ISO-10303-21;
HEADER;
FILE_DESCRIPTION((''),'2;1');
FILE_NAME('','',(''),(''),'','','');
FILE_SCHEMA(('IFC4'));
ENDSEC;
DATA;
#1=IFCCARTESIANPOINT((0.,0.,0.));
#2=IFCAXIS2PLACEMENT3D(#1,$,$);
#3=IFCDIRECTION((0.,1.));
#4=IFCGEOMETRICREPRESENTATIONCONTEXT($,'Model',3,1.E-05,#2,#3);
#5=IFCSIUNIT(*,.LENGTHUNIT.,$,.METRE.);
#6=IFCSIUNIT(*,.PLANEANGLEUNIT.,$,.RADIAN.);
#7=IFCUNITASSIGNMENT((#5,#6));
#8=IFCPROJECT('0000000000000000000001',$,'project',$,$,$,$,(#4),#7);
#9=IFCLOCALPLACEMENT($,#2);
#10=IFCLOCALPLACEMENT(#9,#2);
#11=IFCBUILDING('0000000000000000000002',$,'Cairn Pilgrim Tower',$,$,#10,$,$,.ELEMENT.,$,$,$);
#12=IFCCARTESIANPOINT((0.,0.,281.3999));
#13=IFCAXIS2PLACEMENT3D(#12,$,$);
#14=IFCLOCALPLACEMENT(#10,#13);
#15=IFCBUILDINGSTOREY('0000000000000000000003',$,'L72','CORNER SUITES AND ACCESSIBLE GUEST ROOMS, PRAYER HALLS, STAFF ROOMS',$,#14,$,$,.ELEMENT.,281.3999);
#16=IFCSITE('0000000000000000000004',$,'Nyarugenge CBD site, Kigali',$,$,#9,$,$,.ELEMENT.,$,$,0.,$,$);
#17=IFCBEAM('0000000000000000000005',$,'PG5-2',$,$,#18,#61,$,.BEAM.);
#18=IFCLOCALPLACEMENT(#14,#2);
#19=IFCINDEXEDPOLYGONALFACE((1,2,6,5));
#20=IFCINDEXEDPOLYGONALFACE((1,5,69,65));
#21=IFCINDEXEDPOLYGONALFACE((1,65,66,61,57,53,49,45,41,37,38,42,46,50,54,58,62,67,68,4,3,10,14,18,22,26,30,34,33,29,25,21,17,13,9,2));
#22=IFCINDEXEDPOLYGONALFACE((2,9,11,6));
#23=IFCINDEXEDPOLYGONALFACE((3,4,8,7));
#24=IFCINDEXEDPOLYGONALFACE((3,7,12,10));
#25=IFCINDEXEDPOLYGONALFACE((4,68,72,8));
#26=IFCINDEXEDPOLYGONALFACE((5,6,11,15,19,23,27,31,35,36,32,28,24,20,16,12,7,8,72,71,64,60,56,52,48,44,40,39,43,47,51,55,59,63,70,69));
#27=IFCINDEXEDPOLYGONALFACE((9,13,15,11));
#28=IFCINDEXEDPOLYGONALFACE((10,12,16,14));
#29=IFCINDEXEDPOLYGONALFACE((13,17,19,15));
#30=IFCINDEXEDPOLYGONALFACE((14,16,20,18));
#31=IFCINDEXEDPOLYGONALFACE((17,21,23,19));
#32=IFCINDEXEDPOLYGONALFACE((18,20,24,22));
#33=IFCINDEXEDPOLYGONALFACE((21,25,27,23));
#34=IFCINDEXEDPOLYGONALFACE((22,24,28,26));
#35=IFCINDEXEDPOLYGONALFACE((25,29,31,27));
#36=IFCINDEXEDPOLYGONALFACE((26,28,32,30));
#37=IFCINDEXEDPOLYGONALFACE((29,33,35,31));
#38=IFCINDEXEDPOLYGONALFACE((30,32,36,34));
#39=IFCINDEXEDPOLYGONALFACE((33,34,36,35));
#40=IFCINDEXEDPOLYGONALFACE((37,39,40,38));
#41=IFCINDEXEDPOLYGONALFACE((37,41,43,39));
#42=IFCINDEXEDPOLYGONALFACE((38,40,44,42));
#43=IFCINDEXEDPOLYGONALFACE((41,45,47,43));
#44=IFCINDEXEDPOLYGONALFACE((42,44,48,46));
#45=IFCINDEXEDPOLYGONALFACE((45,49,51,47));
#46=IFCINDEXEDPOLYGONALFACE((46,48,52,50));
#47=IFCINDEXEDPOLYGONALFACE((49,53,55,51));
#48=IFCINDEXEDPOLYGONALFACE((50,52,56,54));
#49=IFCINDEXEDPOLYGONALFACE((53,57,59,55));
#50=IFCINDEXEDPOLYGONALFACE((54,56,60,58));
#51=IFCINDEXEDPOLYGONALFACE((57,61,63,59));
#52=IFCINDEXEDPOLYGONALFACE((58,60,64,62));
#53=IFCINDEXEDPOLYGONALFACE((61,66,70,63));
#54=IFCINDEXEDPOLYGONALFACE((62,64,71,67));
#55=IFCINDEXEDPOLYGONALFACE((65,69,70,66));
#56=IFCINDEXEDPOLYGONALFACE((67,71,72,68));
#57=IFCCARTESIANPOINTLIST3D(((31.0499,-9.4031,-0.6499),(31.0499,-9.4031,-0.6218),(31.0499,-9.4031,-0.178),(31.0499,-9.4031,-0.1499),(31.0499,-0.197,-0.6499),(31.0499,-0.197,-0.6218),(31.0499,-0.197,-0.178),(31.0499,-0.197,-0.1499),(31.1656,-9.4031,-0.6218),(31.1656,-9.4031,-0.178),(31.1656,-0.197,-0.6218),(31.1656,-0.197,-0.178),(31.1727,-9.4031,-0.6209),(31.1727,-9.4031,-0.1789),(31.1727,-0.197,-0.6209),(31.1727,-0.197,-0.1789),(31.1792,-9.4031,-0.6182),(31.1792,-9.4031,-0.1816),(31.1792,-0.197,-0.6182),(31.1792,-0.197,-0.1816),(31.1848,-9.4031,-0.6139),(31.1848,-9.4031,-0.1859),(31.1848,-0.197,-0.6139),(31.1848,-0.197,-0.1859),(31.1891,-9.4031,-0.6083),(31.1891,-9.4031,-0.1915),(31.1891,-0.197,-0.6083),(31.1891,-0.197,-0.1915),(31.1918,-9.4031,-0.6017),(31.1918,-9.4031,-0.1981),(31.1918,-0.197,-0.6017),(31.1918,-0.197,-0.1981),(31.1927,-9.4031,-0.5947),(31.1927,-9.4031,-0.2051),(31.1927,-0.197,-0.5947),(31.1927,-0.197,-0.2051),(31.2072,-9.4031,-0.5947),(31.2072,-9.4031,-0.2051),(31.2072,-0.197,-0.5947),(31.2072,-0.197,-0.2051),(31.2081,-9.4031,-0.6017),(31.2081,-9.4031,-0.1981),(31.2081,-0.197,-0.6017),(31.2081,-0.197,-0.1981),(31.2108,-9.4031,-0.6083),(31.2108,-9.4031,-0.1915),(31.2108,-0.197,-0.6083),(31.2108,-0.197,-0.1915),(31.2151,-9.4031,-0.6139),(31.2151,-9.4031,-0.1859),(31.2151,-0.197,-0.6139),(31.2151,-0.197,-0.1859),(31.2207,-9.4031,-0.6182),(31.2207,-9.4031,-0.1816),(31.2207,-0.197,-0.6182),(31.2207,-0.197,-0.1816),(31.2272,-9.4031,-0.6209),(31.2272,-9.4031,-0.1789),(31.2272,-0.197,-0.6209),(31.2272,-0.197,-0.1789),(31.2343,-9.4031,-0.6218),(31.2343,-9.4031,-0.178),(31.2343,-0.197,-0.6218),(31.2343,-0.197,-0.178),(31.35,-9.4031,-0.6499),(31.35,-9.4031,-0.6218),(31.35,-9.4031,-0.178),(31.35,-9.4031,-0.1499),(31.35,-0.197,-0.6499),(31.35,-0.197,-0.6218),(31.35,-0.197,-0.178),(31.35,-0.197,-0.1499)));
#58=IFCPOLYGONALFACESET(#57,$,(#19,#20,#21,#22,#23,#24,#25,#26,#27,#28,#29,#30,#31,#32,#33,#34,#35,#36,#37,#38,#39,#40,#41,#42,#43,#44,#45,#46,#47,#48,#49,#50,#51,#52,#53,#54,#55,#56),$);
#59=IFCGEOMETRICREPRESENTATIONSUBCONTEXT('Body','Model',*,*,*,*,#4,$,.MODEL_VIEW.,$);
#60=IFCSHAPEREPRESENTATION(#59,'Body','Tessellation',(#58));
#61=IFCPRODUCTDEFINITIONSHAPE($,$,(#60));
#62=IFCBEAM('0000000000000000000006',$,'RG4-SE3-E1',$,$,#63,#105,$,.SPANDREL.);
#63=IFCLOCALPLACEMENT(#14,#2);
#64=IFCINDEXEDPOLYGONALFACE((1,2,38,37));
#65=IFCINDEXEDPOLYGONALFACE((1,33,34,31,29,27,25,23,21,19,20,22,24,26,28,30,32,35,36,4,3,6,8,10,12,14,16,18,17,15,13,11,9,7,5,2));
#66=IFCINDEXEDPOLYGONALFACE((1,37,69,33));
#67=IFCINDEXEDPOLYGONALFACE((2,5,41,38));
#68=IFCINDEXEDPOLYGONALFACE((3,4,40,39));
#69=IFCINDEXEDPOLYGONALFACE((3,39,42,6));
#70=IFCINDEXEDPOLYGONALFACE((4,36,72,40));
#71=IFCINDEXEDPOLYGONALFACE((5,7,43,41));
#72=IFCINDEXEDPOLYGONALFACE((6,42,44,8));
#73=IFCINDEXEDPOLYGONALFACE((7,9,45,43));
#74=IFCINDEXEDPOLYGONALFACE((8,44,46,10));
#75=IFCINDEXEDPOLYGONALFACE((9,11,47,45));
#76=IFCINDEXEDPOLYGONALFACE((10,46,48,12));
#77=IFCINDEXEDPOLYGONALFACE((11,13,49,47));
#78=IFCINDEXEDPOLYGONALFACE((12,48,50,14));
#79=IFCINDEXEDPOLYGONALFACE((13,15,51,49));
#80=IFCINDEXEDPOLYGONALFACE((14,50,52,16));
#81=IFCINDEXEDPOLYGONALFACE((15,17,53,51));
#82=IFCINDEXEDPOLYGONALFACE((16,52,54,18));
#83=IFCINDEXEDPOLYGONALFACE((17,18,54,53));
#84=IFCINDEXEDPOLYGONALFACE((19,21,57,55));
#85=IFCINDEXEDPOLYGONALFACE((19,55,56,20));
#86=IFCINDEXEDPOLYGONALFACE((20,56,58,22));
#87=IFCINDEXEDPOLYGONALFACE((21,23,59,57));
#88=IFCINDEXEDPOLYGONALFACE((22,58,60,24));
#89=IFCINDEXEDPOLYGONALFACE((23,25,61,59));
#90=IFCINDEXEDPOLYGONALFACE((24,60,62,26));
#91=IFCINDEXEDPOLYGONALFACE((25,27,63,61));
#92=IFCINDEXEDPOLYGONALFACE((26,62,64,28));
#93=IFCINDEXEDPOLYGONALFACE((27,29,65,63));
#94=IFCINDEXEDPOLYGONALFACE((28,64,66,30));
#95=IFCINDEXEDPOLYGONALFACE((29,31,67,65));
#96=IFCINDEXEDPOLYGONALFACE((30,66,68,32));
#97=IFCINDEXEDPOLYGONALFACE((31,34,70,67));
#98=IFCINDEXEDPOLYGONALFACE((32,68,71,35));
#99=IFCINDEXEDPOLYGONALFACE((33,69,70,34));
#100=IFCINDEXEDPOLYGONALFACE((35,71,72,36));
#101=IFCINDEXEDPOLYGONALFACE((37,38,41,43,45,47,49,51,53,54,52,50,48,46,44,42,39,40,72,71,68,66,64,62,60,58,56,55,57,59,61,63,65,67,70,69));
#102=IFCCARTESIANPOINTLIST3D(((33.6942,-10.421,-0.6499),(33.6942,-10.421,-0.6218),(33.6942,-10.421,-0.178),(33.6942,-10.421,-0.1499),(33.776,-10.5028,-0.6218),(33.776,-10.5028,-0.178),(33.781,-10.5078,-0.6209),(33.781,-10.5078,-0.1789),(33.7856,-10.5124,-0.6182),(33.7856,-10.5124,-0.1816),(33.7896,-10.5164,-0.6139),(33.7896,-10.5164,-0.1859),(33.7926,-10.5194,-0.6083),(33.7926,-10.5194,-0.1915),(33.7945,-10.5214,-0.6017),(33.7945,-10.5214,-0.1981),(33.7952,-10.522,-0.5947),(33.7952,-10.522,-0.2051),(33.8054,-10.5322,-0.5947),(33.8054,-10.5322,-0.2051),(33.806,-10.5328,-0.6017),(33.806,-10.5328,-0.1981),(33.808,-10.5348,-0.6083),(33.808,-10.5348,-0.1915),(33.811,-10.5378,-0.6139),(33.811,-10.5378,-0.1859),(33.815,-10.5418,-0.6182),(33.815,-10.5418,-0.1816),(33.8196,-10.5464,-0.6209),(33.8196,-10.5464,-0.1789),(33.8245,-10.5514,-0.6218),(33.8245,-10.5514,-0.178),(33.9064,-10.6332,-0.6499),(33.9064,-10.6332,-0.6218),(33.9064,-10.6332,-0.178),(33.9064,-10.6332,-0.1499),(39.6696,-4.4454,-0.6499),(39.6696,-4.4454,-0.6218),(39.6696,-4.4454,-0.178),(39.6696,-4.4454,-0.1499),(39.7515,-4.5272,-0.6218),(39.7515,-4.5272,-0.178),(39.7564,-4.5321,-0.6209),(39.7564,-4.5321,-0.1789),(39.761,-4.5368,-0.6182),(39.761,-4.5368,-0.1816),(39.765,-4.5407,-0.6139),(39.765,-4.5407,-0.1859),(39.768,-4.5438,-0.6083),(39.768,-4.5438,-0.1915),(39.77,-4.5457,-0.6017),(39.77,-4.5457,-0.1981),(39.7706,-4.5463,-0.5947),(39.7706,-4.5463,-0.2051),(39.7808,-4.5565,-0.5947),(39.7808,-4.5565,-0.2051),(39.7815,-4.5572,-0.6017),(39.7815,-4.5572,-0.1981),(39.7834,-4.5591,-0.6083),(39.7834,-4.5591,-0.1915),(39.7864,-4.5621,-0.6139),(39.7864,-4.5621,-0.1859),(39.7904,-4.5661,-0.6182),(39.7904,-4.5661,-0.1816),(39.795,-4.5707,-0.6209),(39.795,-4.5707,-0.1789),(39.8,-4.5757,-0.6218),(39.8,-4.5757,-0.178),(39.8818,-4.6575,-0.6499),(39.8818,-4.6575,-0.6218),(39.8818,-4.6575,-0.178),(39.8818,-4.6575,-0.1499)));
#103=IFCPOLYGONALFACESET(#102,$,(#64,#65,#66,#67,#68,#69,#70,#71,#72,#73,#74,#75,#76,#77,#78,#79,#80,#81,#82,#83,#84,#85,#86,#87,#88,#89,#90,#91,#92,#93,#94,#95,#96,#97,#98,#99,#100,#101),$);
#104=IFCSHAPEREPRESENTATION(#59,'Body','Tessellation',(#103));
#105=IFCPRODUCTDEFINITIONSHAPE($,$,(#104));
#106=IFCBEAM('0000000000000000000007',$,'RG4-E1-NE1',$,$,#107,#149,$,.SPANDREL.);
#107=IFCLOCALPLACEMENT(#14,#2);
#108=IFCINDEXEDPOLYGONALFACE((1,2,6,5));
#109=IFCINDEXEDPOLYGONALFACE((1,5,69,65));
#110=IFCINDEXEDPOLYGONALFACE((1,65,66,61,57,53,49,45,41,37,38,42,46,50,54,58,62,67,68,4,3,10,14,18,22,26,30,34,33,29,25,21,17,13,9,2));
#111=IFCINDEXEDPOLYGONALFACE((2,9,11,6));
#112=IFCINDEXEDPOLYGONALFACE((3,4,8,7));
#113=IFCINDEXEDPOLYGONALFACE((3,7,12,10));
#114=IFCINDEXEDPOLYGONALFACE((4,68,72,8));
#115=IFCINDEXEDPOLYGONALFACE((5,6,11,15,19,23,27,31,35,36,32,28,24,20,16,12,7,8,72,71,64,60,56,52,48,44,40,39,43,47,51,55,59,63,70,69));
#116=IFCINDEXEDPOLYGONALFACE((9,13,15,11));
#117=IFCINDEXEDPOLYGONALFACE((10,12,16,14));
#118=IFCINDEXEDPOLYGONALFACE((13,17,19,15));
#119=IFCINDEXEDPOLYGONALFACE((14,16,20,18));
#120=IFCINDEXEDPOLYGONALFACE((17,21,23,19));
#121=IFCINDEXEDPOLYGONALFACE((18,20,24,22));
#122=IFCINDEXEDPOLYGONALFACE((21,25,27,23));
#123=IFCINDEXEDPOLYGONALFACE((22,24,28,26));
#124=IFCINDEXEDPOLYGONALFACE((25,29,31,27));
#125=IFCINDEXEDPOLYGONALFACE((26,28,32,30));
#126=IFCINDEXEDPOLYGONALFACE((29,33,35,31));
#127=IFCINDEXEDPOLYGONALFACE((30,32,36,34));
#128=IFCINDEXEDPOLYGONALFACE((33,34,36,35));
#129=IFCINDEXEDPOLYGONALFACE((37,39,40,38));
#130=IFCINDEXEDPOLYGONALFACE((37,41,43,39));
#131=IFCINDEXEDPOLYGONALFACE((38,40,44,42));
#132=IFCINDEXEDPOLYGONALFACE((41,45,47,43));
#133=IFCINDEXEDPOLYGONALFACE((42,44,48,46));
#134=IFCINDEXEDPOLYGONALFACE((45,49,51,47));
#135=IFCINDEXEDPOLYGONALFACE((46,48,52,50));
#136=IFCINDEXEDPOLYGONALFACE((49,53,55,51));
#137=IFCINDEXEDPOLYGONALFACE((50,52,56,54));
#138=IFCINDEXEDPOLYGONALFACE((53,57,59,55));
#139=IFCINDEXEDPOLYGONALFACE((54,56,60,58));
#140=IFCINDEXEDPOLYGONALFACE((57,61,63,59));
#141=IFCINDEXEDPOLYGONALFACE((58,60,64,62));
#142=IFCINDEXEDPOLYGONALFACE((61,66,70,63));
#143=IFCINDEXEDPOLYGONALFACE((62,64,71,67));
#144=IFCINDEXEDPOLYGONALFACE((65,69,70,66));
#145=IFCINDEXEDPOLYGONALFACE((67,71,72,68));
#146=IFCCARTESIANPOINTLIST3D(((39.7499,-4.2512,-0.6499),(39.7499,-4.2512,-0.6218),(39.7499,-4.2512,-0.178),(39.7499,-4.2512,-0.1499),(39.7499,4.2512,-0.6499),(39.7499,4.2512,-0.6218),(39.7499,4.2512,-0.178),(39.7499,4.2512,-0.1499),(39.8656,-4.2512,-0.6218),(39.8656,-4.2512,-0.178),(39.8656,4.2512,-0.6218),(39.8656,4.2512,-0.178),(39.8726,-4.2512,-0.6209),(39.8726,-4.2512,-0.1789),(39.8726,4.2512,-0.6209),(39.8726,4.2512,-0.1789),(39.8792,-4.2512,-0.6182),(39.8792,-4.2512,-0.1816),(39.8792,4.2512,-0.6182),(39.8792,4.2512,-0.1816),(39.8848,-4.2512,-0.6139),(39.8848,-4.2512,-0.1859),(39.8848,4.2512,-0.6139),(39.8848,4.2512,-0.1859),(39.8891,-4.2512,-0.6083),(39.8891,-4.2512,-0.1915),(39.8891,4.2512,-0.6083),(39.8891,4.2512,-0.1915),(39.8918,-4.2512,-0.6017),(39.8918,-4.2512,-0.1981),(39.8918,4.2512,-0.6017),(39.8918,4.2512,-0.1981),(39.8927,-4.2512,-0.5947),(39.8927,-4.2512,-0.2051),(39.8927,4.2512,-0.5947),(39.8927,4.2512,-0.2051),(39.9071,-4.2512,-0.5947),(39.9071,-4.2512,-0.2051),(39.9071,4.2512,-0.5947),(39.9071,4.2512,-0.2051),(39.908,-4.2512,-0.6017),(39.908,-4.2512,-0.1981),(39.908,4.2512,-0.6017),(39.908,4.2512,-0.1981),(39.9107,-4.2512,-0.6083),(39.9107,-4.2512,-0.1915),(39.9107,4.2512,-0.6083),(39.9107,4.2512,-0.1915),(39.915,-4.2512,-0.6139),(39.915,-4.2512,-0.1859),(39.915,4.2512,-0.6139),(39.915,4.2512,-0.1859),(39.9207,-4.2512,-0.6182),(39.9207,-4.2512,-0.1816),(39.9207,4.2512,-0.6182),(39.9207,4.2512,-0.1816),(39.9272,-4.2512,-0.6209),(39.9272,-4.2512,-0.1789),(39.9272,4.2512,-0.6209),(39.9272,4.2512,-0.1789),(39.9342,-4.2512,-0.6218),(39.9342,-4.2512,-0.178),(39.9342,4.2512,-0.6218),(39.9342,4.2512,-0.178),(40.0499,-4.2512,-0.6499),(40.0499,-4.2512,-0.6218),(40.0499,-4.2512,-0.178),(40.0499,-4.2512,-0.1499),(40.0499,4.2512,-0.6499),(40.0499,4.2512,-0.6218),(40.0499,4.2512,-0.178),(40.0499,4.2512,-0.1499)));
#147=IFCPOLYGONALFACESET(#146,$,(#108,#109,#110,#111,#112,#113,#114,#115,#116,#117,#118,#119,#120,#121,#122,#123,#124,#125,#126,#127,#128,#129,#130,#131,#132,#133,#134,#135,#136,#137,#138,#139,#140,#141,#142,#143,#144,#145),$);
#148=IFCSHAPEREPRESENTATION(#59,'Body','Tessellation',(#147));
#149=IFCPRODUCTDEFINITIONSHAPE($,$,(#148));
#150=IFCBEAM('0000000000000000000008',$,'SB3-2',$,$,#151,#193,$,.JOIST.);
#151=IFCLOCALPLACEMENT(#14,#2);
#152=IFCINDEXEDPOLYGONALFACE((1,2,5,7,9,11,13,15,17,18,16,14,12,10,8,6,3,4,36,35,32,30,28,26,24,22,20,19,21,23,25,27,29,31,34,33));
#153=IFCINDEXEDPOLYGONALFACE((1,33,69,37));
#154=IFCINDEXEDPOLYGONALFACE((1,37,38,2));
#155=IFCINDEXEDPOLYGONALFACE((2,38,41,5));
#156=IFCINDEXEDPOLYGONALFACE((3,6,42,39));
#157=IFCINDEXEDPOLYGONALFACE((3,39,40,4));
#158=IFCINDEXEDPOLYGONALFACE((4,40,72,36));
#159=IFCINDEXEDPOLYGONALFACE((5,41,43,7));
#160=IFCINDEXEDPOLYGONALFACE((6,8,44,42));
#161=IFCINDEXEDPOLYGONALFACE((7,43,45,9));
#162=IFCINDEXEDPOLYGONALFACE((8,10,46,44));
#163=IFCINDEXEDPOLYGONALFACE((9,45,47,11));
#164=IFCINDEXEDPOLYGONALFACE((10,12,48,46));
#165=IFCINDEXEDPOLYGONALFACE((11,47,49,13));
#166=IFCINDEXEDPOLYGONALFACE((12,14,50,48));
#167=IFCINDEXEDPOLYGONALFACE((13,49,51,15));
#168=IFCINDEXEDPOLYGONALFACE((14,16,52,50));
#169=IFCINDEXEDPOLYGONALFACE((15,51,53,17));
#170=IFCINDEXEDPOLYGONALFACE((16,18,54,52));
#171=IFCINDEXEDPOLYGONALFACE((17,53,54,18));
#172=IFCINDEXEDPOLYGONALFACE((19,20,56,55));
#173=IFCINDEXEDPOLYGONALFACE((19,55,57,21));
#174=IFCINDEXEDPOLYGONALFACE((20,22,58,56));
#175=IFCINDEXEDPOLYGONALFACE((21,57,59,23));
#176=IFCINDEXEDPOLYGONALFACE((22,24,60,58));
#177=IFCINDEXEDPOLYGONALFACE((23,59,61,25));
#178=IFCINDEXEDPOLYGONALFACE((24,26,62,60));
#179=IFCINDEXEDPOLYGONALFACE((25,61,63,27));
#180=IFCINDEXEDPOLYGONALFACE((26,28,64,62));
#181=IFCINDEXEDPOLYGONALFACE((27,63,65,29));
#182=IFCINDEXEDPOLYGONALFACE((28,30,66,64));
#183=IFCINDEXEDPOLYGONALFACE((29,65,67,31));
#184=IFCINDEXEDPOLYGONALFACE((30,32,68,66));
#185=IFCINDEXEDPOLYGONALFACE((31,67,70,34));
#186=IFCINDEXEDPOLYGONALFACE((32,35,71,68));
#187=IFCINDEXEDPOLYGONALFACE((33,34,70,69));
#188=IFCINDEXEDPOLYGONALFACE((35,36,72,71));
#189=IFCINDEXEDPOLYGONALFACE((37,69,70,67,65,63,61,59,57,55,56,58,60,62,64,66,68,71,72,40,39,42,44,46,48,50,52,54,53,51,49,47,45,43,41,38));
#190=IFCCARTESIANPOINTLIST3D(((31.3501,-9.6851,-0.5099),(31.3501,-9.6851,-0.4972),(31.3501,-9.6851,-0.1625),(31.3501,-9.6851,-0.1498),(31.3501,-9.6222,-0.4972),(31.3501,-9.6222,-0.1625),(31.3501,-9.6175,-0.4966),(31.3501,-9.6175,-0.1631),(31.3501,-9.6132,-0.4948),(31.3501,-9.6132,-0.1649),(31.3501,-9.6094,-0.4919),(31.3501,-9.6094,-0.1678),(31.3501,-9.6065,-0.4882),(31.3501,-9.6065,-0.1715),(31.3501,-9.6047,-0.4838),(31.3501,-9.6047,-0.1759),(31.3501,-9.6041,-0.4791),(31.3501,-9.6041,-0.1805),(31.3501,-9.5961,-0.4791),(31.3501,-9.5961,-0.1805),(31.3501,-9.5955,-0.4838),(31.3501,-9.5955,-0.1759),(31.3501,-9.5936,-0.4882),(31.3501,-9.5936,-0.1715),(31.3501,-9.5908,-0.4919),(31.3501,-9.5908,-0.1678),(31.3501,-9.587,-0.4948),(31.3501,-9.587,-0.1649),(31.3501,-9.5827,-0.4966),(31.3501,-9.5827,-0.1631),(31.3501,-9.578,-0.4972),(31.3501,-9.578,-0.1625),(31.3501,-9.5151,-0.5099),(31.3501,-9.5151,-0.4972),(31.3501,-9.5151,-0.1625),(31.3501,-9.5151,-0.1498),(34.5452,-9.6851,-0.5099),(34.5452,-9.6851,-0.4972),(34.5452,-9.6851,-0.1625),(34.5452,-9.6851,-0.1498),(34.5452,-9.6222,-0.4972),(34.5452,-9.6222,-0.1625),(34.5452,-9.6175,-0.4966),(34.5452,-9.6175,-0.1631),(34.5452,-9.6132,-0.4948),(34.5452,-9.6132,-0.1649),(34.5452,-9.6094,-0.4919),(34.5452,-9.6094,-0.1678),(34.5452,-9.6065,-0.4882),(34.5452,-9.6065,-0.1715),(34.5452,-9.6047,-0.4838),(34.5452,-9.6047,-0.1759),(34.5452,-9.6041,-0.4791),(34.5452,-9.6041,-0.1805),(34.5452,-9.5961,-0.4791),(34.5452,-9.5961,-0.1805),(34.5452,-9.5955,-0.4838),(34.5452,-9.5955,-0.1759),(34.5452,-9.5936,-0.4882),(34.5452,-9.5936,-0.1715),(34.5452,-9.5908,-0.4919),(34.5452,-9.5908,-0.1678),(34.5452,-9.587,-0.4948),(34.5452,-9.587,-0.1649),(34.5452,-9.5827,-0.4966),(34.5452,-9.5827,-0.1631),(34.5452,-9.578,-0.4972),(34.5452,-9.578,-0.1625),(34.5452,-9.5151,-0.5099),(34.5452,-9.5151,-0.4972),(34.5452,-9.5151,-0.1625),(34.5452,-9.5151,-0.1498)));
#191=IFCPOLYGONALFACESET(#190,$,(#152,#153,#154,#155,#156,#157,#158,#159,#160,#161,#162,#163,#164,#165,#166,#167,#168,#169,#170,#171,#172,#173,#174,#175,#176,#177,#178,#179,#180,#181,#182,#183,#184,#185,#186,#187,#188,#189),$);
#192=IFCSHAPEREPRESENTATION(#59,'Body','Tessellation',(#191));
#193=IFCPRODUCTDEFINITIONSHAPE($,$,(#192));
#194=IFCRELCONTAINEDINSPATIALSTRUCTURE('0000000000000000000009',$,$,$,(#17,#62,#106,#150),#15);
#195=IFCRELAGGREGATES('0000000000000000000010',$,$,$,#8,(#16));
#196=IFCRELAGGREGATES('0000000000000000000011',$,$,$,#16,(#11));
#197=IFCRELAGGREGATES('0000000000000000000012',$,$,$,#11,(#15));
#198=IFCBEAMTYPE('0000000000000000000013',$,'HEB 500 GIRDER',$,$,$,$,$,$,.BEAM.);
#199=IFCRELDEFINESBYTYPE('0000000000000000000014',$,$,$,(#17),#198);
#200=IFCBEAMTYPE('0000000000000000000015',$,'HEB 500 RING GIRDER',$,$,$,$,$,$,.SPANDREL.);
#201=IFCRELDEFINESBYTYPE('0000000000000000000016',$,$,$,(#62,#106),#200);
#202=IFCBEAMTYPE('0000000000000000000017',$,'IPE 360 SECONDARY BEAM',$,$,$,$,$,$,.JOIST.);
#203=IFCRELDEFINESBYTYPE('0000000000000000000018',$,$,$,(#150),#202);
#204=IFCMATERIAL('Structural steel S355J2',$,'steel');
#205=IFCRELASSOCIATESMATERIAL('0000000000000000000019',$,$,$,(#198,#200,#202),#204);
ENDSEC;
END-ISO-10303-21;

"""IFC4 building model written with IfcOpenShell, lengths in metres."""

from ifc_helpers import new_model, si_unit, direction, frame, origin, origin_2d, place, context, subcontext, project, spatial, i_section, extrude, material, material_profile, profile_set, type_object, element, save


model = new_model("IFC4")

# Units and contexts
model_context = context("Model", 3, precision=1e-05, world=origin(), true_north=direction((0.0, 1.0)))
body_context = subcontext(model_context, "Body", "Model", "MODEL_VIEW")
ifc_project = project(units=[si_unit("LENGTHUNIT", "METRE"), si_unit("PLANEANGLEUNIT", "RADIAN")], contexts=[model_context])

# Site, building, storey
site_placement = place(None, origin())
site = spatial("IfcSite", under=ifc_project, at=site_placement, Name="Nyarugenge CBD site, Kigali", CompositionType="ELEMENT", RefElevation=0.0)
building_placement = place(site_placement, origin())
building = spatial("IfcBuilding", under=site, at=building_placement, Name="Cairn Pilgrim Tower", CompositionType="ELEMENT")
storey_placement = place(building_placement, frame((0.0, 0.0, 281.3999)))
storey = spatial("IfcBuildingStorey", under=building, at=storey_placement, Name="L72", Description="CORNER SUITES AND ACCESSIBLE GUEST ROOMS, PRAYER HALLS, STAFF ROOMS", CompositionType="ELEMENT", Elevation=281.3999)

# Shared definitions
ifc_material_1 = material(Name="Structural steel S355J2", Category="steel")

# Beams
ifc_material_profile_1 = material_profile(ifc_material_1, i_section(OverallWidth=0.3, OverallDepth=0.5, WebThickness=0.0144, FlangeThickness=0.0281, FilletRadius=0.0271, at=origin_2d()), Name="HEB 500")
ifc_profile_set_1 = profile_set([ifc_material_profile_1], Name="Structural steel S355J2")
beam_type_1 = type_object("IfcBeamType", Name="HEB 500 GIRDER", PredefinedType="BEAM", material=ifc_profile_set_1)
beam_1_placement = place(storey_placement, frame((31.2, -9.4031, -0.3999), z_axis=(0.0, 1.0, 0.0), x_axis=(-1.0, 0.0, 0.0)))
element("IfcBeam", 1, at=beam_1_placement, inside=storey, type_object=beam_type_1, Name="PG5-2", PredefinedType="BEAM", context=body_context, shape_type="SweptSolid", body=[
    extrude(i_section(OverallWidth=0.3, OverallDepth=0.5, WebThickness=0.0144, FlangeThickness=0.0281, FilletRadius=0.0271, at=origin_2d()), origin(), (0.0, 0.0, 1.0), 9.2061),
])
ifc_material_profile_2 = material_profile(ifc_material_1, i_section(OverallWidth=0.3, OverallDepth=0.5, WebThickness=0.0144, FlangeThickness=0.0281, FilletRadius=0.0271, at=origin_2d()), Name="HEB 500")
ifc_profile_set_2 = profile_set([ifc_material_profile_2], Name="Structural steel S355J2")
beam_type_2 = type_object("IfcBeamType", Name="HEB 500 RING GIRDER", PredefinedType="SPANDREL", material=ifc_profile_set_2)
beam_2_placement = place(storey_placement, frame((33.8003, -10.5271, -0.3999), z_axis=(0.707092, 0.707121, 0.0), x_axis=(-0.707121, 0.707092, 0.0)))
element("IfcBeam", 2, at=beam_2_placement, inside=storey, type_object=beam_type_2, Name="RG4-SE3-E1", PredefinedType="SPANDREL", context=body_context, shape_type="SweptSolid", body=[
    extrude(i_section(OverallWidth=0.3, OverallDepth=0.5, WebThickness=0.0144, FlangeThickness=0.0281, FilletRadius=0.0271, at=origin_2d()), origin(), (0.0, 0.0, 1.0), 8.4507),
])
beam_3_placement = place(storey_placement, frame((39.8999, -4.2512, -0.3999), z_axis=(0.0, 1.0, 0.0), x_axis=(-1.0, 0.0, 0.0)))
element("IfcBeam", 3, at=beam_3_placement, inside=storey, type_object=beam_type_2, Name="RG4-E1-NE1", PredefinedType="SPANDREL", context=body_context, shape_type="SweptSolid", body=[
    extrude(i_section(OverallWidth=0.3, OverallDepth=0.5, WebThickness=0.0144, FlangeThickness=0.0281, FilletRadius=0.0271, at=origin_2d()), origin(), (0.0, 0.0, 1.0), 8.5024),
])
ifc_material_profile_3 = material_profile(ifc_material_1, i_section(OverallWidth=0.1699, OverallDepth=0.3601, WebThickness=0.0081, FlangeThickness=0.0127, FilletRadius=0.0181, at=origin_2d()), Name="IPE 360")
ifc_profile_set_3 = profile_set([ifc_material_profile_3], Name="Structural steel S355J2")
beam_type_3 = type_object("IfcBeamType", Name="IPE 360 SECONDARY BEAM", PredefinedType="JOIST", material=ifc_profile_set_3)
beam_4_placement = place(storey_placement, frame((31.3501, -9.6001, -0.3298), z_axis=(1.0, 0.0, 0.0), x_axis=(0.0, 1.0, 0.0)))
element("IfcBeam", 4, at=beam_4_placement, inside=storey, type_object=beam_type_3, Name="SB3-2", PredefinedType="JOIST", context=body_context, shape_type="SweptSolid", body=[
    extrude(i_section(OverallWidth=0.1699, OverallDepth=0.3601, WebThickness=0.0081, FlangeThickness=0.0127, FilletRadius=0.0181, at=origin_2d()), origin(), (0.0, 0.0, 1.0), 3.1951),
])

save(model, "model.ifc")
